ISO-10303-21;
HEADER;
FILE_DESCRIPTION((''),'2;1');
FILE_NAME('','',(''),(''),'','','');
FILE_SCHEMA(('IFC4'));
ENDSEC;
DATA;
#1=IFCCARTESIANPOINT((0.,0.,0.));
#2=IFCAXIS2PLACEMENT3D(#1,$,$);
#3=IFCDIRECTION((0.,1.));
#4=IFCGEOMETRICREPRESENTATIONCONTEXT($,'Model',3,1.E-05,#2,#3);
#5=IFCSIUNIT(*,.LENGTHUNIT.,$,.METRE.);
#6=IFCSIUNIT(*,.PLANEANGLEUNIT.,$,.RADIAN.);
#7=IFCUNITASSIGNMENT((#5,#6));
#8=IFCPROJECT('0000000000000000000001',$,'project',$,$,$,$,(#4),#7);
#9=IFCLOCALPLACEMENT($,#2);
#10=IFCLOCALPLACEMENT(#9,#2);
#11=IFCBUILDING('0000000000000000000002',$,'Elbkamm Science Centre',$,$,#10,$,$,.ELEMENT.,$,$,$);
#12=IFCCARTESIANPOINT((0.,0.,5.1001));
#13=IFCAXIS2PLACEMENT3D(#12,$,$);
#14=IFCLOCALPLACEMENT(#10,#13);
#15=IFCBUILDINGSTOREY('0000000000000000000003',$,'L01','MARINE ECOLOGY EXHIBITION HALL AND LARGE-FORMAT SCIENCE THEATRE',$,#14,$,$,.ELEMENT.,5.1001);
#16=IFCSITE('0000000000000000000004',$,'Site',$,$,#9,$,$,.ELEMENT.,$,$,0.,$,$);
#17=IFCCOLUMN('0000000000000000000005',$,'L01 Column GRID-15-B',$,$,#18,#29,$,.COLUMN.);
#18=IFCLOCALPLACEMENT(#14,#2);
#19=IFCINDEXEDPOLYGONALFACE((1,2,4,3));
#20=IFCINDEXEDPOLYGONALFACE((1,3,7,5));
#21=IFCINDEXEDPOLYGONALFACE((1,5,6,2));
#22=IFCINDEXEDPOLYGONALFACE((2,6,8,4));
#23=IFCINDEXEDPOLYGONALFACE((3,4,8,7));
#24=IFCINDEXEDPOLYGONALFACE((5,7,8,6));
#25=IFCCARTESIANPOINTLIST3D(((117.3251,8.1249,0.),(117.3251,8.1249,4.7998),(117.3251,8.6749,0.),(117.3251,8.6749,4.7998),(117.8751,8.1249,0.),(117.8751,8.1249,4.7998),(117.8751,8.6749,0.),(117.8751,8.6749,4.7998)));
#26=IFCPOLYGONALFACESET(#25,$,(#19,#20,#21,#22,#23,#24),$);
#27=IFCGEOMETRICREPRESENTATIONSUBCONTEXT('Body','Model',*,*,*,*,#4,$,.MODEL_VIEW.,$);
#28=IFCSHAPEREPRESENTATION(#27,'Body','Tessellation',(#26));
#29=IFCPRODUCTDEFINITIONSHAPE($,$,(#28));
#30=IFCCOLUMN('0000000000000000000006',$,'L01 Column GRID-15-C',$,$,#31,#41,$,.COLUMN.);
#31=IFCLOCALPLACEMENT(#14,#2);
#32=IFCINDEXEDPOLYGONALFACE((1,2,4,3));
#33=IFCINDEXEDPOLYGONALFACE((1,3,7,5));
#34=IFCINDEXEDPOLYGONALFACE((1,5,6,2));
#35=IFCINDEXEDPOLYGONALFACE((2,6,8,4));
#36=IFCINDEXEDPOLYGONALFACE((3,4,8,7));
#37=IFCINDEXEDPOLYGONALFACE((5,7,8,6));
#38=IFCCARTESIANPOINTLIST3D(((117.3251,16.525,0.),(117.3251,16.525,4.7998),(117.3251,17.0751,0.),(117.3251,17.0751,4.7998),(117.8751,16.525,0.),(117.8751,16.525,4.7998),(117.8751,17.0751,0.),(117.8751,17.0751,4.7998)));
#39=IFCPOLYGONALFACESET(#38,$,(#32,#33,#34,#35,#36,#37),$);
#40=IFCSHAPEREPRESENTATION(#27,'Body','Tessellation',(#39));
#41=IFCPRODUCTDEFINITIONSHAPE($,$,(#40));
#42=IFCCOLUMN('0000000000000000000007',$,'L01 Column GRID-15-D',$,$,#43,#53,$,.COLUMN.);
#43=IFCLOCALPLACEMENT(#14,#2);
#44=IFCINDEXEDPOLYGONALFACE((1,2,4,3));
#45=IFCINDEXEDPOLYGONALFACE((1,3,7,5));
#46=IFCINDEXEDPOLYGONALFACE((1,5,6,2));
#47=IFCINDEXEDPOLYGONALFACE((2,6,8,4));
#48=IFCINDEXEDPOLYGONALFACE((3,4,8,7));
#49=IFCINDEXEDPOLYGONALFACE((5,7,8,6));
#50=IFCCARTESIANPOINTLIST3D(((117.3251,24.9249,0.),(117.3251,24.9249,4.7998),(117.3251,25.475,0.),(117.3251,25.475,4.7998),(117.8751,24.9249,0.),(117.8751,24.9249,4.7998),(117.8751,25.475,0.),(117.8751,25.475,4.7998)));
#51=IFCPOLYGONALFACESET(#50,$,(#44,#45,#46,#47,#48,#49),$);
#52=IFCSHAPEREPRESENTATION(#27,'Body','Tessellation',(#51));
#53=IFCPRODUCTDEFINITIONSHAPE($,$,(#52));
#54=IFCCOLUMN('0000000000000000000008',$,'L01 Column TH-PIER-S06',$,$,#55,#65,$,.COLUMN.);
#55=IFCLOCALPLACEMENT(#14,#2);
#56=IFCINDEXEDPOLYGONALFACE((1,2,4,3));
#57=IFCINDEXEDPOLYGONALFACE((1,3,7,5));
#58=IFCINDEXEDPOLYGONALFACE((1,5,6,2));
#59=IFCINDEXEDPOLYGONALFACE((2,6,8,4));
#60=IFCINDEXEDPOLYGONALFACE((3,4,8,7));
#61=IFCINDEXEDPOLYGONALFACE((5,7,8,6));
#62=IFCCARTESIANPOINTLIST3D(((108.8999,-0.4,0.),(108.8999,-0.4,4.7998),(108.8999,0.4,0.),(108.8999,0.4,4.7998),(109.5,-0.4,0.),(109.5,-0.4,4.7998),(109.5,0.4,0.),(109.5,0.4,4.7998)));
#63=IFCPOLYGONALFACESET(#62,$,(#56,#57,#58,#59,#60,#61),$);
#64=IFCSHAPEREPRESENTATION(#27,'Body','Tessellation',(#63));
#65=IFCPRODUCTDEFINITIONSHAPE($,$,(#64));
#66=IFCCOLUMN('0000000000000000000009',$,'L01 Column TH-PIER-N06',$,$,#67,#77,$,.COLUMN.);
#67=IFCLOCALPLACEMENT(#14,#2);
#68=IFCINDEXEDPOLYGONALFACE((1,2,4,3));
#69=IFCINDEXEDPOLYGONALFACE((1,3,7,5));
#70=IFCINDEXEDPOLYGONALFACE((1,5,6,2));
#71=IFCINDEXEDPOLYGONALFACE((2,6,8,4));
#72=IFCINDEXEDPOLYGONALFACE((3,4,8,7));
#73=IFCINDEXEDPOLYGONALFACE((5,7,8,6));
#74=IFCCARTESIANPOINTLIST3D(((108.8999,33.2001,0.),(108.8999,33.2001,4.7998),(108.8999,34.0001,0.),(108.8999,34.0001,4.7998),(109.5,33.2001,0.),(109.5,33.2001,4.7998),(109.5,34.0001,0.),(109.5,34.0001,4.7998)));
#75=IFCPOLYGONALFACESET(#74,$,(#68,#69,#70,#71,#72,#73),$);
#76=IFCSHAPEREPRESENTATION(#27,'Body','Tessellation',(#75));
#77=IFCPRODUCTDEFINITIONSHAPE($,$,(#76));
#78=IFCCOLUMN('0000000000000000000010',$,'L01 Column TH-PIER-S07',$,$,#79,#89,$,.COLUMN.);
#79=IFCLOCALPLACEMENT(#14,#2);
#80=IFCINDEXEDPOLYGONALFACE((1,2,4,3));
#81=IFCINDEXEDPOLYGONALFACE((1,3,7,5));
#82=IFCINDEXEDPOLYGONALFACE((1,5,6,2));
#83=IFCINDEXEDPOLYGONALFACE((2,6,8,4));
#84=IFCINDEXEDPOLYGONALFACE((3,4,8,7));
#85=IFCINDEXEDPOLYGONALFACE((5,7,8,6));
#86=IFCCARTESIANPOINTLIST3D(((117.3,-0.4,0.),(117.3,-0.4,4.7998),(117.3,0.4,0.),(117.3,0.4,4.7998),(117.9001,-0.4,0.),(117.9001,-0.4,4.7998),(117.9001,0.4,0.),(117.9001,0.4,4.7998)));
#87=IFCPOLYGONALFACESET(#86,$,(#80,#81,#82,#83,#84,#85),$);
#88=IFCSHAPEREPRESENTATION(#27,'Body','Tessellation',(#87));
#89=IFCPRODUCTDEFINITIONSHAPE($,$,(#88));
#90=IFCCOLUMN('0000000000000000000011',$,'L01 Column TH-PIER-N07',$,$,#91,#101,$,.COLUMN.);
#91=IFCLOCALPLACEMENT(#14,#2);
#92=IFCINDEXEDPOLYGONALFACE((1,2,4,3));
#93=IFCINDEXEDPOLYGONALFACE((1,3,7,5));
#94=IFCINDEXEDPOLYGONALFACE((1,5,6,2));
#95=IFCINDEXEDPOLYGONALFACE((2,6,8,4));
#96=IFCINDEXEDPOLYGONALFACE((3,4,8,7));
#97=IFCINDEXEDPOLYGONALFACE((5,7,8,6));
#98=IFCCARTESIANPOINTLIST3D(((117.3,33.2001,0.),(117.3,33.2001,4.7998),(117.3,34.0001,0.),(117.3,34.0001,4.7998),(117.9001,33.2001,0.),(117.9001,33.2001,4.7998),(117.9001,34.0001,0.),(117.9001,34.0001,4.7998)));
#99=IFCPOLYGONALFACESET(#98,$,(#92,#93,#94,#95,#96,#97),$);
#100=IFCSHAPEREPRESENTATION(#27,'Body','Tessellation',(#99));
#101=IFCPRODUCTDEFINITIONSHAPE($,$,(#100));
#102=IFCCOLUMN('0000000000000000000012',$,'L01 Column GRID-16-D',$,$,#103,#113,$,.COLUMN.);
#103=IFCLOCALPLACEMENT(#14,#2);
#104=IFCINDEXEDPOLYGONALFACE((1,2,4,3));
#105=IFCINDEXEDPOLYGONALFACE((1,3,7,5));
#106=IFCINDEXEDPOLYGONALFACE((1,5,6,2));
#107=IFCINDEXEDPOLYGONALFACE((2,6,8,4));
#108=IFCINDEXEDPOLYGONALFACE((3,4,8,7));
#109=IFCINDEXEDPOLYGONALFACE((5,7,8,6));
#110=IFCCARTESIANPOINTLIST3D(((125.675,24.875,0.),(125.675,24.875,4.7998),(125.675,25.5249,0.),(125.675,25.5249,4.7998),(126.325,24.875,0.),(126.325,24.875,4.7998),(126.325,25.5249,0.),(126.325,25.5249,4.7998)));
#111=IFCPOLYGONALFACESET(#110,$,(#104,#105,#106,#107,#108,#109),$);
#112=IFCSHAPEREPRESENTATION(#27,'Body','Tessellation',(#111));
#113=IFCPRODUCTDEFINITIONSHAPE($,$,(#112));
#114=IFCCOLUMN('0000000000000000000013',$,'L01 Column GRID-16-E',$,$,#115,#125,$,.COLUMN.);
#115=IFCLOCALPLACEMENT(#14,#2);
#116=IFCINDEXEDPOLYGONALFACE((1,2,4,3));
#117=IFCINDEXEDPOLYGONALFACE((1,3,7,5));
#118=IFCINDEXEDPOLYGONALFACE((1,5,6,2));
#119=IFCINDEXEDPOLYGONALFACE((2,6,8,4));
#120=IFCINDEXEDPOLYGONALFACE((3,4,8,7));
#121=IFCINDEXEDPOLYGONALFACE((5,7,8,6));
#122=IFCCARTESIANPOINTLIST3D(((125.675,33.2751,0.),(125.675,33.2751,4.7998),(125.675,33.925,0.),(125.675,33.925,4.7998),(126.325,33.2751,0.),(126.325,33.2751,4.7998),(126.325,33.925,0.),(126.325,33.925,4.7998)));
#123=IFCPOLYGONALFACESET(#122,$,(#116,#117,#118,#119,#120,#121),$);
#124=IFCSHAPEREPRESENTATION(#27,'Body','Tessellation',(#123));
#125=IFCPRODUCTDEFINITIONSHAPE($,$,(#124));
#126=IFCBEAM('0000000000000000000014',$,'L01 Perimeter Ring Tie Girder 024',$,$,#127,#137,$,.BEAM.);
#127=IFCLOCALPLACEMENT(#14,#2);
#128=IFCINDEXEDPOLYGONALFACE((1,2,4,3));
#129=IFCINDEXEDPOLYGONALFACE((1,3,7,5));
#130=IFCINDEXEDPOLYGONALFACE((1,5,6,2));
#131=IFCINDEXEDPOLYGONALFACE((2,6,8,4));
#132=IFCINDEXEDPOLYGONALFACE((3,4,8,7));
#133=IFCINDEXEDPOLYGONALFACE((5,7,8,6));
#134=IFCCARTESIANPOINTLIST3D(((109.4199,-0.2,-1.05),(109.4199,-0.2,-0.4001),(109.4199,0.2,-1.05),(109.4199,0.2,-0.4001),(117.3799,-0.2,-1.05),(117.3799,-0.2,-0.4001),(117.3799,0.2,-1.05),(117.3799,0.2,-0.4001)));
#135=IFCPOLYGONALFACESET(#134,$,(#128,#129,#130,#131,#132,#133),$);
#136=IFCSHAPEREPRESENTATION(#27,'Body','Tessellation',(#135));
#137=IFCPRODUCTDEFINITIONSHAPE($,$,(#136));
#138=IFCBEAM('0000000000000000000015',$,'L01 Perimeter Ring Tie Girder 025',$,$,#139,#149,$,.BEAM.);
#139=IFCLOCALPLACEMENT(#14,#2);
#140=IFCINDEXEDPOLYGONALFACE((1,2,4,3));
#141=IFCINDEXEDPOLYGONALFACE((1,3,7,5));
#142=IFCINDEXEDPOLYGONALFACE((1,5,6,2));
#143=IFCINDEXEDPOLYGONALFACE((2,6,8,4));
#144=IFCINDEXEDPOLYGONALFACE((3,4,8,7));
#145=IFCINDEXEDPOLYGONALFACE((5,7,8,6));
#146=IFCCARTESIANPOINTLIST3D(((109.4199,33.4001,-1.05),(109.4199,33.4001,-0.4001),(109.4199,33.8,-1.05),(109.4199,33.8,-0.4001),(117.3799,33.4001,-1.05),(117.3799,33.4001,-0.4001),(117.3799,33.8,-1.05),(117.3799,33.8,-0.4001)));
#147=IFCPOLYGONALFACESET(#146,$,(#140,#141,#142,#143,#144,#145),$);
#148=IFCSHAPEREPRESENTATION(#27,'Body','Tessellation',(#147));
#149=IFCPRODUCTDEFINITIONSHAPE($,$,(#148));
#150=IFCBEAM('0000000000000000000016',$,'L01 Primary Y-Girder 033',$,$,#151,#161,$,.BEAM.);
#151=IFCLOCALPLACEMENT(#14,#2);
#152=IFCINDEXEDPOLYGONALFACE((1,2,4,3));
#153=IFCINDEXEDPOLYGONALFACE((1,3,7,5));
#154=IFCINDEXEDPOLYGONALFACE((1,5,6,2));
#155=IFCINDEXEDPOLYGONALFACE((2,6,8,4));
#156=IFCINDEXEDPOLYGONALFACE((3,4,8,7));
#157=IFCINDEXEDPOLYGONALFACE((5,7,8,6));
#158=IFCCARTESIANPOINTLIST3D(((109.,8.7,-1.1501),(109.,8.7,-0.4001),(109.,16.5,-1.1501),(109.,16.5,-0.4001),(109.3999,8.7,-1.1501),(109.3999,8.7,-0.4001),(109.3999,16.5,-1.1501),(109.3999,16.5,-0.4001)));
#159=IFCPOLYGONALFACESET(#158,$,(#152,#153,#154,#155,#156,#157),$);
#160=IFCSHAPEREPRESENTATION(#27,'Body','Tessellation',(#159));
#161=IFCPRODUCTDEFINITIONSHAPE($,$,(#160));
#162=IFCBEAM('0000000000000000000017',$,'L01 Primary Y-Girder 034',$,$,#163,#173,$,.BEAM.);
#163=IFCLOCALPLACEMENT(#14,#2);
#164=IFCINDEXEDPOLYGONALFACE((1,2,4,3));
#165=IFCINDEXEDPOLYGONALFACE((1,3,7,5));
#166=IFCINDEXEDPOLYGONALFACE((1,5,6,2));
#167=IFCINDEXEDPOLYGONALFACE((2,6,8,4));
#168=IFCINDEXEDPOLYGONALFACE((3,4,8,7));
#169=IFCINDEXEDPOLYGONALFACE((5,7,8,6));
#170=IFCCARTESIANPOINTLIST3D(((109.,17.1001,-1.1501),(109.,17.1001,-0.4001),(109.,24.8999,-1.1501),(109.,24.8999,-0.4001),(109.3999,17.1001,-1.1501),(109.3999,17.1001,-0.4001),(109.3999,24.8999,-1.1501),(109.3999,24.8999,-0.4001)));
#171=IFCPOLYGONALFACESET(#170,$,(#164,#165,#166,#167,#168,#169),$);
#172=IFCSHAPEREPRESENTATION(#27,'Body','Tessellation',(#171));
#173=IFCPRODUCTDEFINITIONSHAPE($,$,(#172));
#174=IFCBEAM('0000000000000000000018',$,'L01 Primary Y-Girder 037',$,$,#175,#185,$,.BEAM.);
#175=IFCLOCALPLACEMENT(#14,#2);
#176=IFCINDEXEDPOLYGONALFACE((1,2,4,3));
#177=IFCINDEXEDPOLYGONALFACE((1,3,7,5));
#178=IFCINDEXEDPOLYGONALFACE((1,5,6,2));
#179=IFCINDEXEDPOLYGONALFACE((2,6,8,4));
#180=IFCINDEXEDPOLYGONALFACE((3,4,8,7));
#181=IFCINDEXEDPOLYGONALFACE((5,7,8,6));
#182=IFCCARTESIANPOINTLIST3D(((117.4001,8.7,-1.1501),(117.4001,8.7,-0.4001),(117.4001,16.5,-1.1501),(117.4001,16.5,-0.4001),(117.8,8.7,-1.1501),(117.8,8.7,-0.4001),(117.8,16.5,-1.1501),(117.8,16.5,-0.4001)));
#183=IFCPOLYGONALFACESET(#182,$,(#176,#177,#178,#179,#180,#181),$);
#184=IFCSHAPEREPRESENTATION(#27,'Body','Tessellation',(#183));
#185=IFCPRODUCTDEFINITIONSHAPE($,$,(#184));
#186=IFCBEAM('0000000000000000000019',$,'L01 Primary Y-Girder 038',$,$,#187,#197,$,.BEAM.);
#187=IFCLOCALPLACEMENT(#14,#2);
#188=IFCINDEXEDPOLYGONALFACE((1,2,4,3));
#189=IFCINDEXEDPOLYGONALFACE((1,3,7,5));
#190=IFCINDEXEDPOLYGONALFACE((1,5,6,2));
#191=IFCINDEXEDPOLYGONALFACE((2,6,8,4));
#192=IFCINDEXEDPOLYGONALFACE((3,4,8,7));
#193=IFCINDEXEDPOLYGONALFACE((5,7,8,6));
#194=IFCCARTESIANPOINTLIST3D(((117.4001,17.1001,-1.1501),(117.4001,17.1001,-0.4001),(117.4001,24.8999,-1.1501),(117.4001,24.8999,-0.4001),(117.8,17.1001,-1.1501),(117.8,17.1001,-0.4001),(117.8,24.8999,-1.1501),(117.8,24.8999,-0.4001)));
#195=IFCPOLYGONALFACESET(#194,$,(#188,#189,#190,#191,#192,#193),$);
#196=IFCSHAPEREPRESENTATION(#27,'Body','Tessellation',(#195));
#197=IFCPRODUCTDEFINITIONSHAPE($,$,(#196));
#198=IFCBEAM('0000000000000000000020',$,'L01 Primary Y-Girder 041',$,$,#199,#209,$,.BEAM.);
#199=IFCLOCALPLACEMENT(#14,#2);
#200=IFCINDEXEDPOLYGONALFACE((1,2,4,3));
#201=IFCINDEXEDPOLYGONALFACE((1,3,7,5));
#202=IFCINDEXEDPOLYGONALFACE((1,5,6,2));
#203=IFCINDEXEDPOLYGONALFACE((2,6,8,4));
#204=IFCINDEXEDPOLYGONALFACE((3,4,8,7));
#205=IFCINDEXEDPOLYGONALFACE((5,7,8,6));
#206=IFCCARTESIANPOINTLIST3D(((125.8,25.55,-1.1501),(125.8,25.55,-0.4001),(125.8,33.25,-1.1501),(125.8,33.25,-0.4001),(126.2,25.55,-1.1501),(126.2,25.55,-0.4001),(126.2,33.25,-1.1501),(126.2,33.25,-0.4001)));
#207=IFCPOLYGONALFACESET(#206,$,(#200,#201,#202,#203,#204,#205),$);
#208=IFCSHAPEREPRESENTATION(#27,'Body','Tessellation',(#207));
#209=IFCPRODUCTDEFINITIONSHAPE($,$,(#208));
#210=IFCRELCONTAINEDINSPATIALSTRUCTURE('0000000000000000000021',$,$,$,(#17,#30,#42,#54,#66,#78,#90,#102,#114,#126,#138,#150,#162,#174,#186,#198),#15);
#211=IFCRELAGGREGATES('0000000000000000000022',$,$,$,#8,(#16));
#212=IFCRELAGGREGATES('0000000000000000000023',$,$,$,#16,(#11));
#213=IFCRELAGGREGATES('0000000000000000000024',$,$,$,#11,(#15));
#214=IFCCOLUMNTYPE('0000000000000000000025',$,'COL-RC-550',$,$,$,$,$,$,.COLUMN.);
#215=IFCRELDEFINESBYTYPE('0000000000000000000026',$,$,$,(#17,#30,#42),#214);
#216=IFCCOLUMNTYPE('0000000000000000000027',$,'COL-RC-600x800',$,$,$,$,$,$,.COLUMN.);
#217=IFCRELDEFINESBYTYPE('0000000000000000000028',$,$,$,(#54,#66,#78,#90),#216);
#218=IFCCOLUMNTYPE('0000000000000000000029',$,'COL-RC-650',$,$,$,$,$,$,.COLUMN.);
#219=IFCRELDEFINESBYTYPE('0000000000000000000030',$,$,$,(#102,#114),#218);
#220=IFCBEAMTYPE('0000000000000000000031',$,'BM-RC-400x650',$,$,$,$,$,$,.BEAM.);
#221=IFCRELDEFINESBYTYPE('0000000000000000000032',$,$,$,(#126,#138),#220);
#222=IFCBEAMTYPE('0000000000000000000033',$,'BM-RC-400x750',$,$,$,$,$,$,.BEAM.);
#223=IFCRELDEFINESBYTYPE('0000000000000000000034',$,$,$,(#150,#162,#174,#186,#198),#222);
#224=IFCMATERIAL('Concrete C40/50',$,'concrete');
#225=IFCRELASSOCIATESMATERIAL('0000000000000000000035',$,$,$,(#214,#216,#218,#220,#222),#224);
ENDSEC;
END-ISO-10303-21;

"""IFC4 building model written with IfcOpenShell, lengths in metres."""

from ifc_helpers import new_model, si_unit, direction, frame, origin, origin_2d, place, context, subcontext, project, spatial, rectangle, extrude, material, material_profile, profile_set, type_object, element, save


model = new_model("IFC4")

# Units and contexts
model_context = context("Model", 3, precision=1e-05, world=origin(), true_north=direction((0.0, 1.0)))
body_context = subcontext(model_context, "Body", "Model", "MODEL_VIEW")
ifc_project = project(units=[si_unit("LENGTHUNIT", "METRE"), si_unit("PLANEANGLEUNIT", "RADIAN")], contexts=[model_context])

# Site, building, storey
site_placement = place(None, origin())
site = spatial("IfcSite", under=ifc_project, at=site_placement, Name="Site", CompositionType="ELEMENT", RefElevation=0.0)
building_placement = place(site_placement, origin())
building = spatial("IfcBuilding", under=site, at=building_placement, Name="Elbkamm Science Centre", CompositionType="ELEMENT")
storey_placement = place(building_placement, frame((0.0, 0.0, 5.1001)))
storey = spatial("IfcBuildingStorey", under=building, at=storey_placement, Name="L01", Description="MARINE ECOLOGY EXHIBITION HALL AND LARGE-FORMAT SCIENCE THEATRE", CompositionType="ELEMENT", Elevation=5.1001)

# Columns
ifc_material_1 = material(Name="Concrete C40/50", Category="concrete")
ifc_material_profile_1 = material_profile(ifc_material_1, rectangle(XDim=0.55, YDim=0.55, at=origin_2d()), Name="RC 550x550")
ifc_profile_set_1 = profile_set([ifc_material_profile_1], Name="Concrete C40/50")
column_type_1 = type_object("IfcColumnType", Name="COL-RC-550", PredefinedType="COLUMN", material=ifc_profile_set_1)
for number, where, z_axis, x_axis, name in (
    (1, (117.6001, 8.3999, 0.0), (0.0, 0.0, 1.0), (1.0, 0.0, 0.0), "L01 Column GRID-15-B"),
    (2, (117.6001, 16.8, 0.0), (0.0, 0.0, 1.0), (1.0, 0.0, 0.0), "L01 Column GRID-15-C"),
    (3, (117.6001, 25.2, 0.0), (0.0, 0.0, 1.0), (1.0, 0.0, 0.0), "L01 Column GRID-15-D"),
):
    element("IfcColumn", number, at=place(storey_placement, frame(where, z_axis=z_axis, x_axis=x_axis)), inside=storey, type_object=column_type_1, Name=name, PredefinedType="COLUMN", context=body_context, shape_type="SweptSolid", body=[
        extrude(rectangle(XDim=0.55, YDim=0.55, at=origin_2d()), origin(), (0.0, 0.0, 1.0), 4.7998),
    ])
ifc_material_profile_2 = material_profile(ifc_material_1, rectangle(XDim=0.6001, YDim=0.8, at=origin_2d()), Name="RC 600x800")
ifc_profile_set_2 = profile_set([ifc_material_profile_2], Name="Concrete C40/50")
column_type_2 = type_object("IfcColumnType", Name="COL-RC-600x800", PredefinedType="COLUMN", material=ifc_profile_set_2)
for number, where, z_axis, x_axis, name in (
    (4, (109.2, 0.0, 0.0), (0.0, 0.0, 1.0), (1.0, 0.0, 0.0), "L01 Column TH-PIER-S06"),
    (5, (109.2, 33.6001, 0.0), (0.0, 0.0, 1.0), (1.0, 0.0, 0.0), "L01 Column TH-PIER-N06"),
    (6, (117.6001, 0.0, 0.0), (0.0, 0.0, 1.0), (1.0, 0.0, 0.0), "L01 Column TH-PIER-S07"),
    (7, (117.6001, 33.6001, 0.0), (0.0, 0.0, 1.0), (1.0, 0.0, 0.0), "L01 Column TH-PIER-N07"),
):
    element("IfcColumn", number, at=place(storey_placement, frame(where, z_axis=z_axis, x_axis=x_axis)), inside=storey, type_object=column_type_2, Name=name, PredefinedType="COLUMN", context=body_context, shape_type="SweptSolid", body=[
        extrude(rectangle(XDim=0.6001, YDim=0.8, at=origin_2d()), origin(), (0.0, 0.0, 1.0), 4.7998),
    ])
ifc_material_profile_3 = material_profile(ifc_material_1, rectangle(XDim=0.6499, YDim=0.6499, at=origin_2d()), Name="RC 650x650")
ifc_profile_set_3 = profile_set([ifc_material_profile_3], Name="Concrete C40/50")
column_type_3 = type_object("IfcColumnType", Name="COL-RC-650", PredefinedType="COLUMN", material=ifc_profile_set_3)
for number, where, z_axis, x_axis, name in (
    (8, (126.0, 25.2, 0.0), (0.0, 0.0, 1.0), (1.0, 0.0, 0.0), "L01 Column GRID-16-D"),
    (9, (126.0, 33.6001, 0.0), (0.0, 0.0, 1.0), (1.0, 0.0, 0.0), "L01 Column GRID-16-E"),
):
    element("IfcColumn", number, at=place(storey_placement, frame(where, z_axis=z_axis, x_axis=x_axis)), inside=storey, type_object=column_type_3, Name=name, PredefinedType="COLUMN", context=body_context, shape_type="SweptSolid", body=[
        extrude(rectangle(XDim=0.6499, YDim=0.6499, at=origin_2d()), origin(), (0.0, 0.0, 1.0), 4.7998),
    ])

# Beams
ifc_material_profile_4 = material_profile(ifc_material_1, rectangle(XDim=0.3999, YDim=0.6499, at=origin_2d()), Name="RC 400x650")
ifc_profile_set_4 = profile_set([ifc_material_profile_4], Name="Concrete C40/50")
beam_type_1 = type_object("IfcBeamType", Name="BM-RC-400x650", PredefinedType="BEAM", material=ifc_profile_set_4)
for number, where, z_axis, x_axis, name in (
    (10, (109.4199, 0.0, -0.7251), (1.0, 0.0, 0.0), (0.0, 1.0, 0.0), "L01 Perimeter Ring Tie Girder 024"),
    (11, (109.4199, 33.6001, -0.7251), (1.0, 0.0, 0.0), (0.0, 1.0, 0.0), "L01 Perimeter Ring Tie Girder 025"),
):
    element("IfcBeam", number, at=place(storey_placement, frame(where, z_axis=z_axis, x_axis=x_axis)), inside=storey, type_object=beam_type_1, Name=name, PredefinedType="BEAM", context=body_context, shape_type="SweptSolid", body=[
        extrude(rectangle(XDim=0.3999, YDim=0.6499, at=origin_2d()), origin(), (0.0, 0.0, 1.0), 7.96),
    ])
ifc_material_profile_5 = material_profile(ifc_material_1, rectangle(XDim=0.3999, YDim=0.75, at=origin_2d()), Name="RC 400x750")
ifc_profile_set_5 = profile_set([ifc_material_profile_5], Name="Concrete C40/50")
beam_type_2 = type_object("IfcBeamType", Name="BM-RC-400x750", PredefinedType="BEAM", material=ifc_profile_set_5)
beam_1_placement = place(storey_placement, frame((109.2, 8.7, -0.7751), z_axis=(0.0, 1.0, 0.0), x_axis=(-1.0, 0.0, 0.0)))
element("IfcBeam", 12, at=beam_1_placement, inside=storey, type_object=beam_type_2, Name="L01 Primary Y-Girder 033", PredefinedType="BEAM", context=body_context, shape_type="SweptSolid", body=[
    extrude(rectangle(XDim=0.3999, YDim=0.75, at=origin_2d()), origin(), (0.0, 0.0, 1.0), 7.8),
])
beam_2_placement = place(storey_placement, frame((109.2, 17.1001, -0.7751), z_axis=(0.0, 1.0, 0.0), x_axis=(-1.0, 0.0, 0.0)))
element("IfcBeam", 13, at=beam_2_placement, inside=storey, type_object=beam_type_2, Name="L01 Primary Y-Girder 034", PredefinedType="BEAM", context=body_context, shape_type="SweptSolid", body=[
    extrude(rectangle(XDim=0.3999, YDim=0.75, at=origin_2d()), origin(), (0.0, 0.0, 1.0), 7.7998),
])
beam_3_placement = place(storey_placement, frame((117.6001, 8.7, -0.7751), z_axis=(0.0, 1.0, 0.0), x_axis=(-1.0, 0.0, 0.0)))
element("IfcBeam", 14, at=beam_3_placement, inside=storey, type_object=beam_type_2, Name="L01 Primary Y-Girder 037", PredefinedType="BEAM", context=body_context, shape_type="SweptSolid", body=[
    extrude(rectangle(XDim=0.3999, YDim=0.75, at=origin_2d()), origin(), (0.0, 0.0, 1.0), 7.8),
])
beam_4_placement = place(storey_placement, frame((117.6001, 17.1001, -0.7751), z_axis=(0.0, 1.0, 0.0), x_axis=(-1.0, 0.0, 0.0)))
element("IfcBeam", 15, at=beam_4_placement, inside=storey, type_object=beam_type_2, Name="L01 Primary Y-Girder 038", PredefinedType="BEAM", context=body_context, shape_type="SweptSolid", body=[
    extrude(rectangle(XDim=0.3999, YDim=0.75, at=origin_2d()), origin(), (0.0, 0.0, 1.0), 7.7998),
])
beam_5_placement = place(storey_placement, frame((126.0, 25.55, -0.7751), z_axis=(0.0, 1.0, 0.0), x_axis=(-1.0, 0.0, 0.0)))
element("IfcBeam", 16, at=beam_5_placement, inside=storey, type_object=beam_type_2, Name="L01 Primary Y-Girder 041", PredefinedType="BEAM", context=body_context, shape_type="SweptSolid", body=[
    extrude(rectangle(XDim=0.3999, YDim=0.75, at=origin_2d()), origin(), (0.0, 0.0, 1.0), 7.7),
])

save(model, "model.ifc")
